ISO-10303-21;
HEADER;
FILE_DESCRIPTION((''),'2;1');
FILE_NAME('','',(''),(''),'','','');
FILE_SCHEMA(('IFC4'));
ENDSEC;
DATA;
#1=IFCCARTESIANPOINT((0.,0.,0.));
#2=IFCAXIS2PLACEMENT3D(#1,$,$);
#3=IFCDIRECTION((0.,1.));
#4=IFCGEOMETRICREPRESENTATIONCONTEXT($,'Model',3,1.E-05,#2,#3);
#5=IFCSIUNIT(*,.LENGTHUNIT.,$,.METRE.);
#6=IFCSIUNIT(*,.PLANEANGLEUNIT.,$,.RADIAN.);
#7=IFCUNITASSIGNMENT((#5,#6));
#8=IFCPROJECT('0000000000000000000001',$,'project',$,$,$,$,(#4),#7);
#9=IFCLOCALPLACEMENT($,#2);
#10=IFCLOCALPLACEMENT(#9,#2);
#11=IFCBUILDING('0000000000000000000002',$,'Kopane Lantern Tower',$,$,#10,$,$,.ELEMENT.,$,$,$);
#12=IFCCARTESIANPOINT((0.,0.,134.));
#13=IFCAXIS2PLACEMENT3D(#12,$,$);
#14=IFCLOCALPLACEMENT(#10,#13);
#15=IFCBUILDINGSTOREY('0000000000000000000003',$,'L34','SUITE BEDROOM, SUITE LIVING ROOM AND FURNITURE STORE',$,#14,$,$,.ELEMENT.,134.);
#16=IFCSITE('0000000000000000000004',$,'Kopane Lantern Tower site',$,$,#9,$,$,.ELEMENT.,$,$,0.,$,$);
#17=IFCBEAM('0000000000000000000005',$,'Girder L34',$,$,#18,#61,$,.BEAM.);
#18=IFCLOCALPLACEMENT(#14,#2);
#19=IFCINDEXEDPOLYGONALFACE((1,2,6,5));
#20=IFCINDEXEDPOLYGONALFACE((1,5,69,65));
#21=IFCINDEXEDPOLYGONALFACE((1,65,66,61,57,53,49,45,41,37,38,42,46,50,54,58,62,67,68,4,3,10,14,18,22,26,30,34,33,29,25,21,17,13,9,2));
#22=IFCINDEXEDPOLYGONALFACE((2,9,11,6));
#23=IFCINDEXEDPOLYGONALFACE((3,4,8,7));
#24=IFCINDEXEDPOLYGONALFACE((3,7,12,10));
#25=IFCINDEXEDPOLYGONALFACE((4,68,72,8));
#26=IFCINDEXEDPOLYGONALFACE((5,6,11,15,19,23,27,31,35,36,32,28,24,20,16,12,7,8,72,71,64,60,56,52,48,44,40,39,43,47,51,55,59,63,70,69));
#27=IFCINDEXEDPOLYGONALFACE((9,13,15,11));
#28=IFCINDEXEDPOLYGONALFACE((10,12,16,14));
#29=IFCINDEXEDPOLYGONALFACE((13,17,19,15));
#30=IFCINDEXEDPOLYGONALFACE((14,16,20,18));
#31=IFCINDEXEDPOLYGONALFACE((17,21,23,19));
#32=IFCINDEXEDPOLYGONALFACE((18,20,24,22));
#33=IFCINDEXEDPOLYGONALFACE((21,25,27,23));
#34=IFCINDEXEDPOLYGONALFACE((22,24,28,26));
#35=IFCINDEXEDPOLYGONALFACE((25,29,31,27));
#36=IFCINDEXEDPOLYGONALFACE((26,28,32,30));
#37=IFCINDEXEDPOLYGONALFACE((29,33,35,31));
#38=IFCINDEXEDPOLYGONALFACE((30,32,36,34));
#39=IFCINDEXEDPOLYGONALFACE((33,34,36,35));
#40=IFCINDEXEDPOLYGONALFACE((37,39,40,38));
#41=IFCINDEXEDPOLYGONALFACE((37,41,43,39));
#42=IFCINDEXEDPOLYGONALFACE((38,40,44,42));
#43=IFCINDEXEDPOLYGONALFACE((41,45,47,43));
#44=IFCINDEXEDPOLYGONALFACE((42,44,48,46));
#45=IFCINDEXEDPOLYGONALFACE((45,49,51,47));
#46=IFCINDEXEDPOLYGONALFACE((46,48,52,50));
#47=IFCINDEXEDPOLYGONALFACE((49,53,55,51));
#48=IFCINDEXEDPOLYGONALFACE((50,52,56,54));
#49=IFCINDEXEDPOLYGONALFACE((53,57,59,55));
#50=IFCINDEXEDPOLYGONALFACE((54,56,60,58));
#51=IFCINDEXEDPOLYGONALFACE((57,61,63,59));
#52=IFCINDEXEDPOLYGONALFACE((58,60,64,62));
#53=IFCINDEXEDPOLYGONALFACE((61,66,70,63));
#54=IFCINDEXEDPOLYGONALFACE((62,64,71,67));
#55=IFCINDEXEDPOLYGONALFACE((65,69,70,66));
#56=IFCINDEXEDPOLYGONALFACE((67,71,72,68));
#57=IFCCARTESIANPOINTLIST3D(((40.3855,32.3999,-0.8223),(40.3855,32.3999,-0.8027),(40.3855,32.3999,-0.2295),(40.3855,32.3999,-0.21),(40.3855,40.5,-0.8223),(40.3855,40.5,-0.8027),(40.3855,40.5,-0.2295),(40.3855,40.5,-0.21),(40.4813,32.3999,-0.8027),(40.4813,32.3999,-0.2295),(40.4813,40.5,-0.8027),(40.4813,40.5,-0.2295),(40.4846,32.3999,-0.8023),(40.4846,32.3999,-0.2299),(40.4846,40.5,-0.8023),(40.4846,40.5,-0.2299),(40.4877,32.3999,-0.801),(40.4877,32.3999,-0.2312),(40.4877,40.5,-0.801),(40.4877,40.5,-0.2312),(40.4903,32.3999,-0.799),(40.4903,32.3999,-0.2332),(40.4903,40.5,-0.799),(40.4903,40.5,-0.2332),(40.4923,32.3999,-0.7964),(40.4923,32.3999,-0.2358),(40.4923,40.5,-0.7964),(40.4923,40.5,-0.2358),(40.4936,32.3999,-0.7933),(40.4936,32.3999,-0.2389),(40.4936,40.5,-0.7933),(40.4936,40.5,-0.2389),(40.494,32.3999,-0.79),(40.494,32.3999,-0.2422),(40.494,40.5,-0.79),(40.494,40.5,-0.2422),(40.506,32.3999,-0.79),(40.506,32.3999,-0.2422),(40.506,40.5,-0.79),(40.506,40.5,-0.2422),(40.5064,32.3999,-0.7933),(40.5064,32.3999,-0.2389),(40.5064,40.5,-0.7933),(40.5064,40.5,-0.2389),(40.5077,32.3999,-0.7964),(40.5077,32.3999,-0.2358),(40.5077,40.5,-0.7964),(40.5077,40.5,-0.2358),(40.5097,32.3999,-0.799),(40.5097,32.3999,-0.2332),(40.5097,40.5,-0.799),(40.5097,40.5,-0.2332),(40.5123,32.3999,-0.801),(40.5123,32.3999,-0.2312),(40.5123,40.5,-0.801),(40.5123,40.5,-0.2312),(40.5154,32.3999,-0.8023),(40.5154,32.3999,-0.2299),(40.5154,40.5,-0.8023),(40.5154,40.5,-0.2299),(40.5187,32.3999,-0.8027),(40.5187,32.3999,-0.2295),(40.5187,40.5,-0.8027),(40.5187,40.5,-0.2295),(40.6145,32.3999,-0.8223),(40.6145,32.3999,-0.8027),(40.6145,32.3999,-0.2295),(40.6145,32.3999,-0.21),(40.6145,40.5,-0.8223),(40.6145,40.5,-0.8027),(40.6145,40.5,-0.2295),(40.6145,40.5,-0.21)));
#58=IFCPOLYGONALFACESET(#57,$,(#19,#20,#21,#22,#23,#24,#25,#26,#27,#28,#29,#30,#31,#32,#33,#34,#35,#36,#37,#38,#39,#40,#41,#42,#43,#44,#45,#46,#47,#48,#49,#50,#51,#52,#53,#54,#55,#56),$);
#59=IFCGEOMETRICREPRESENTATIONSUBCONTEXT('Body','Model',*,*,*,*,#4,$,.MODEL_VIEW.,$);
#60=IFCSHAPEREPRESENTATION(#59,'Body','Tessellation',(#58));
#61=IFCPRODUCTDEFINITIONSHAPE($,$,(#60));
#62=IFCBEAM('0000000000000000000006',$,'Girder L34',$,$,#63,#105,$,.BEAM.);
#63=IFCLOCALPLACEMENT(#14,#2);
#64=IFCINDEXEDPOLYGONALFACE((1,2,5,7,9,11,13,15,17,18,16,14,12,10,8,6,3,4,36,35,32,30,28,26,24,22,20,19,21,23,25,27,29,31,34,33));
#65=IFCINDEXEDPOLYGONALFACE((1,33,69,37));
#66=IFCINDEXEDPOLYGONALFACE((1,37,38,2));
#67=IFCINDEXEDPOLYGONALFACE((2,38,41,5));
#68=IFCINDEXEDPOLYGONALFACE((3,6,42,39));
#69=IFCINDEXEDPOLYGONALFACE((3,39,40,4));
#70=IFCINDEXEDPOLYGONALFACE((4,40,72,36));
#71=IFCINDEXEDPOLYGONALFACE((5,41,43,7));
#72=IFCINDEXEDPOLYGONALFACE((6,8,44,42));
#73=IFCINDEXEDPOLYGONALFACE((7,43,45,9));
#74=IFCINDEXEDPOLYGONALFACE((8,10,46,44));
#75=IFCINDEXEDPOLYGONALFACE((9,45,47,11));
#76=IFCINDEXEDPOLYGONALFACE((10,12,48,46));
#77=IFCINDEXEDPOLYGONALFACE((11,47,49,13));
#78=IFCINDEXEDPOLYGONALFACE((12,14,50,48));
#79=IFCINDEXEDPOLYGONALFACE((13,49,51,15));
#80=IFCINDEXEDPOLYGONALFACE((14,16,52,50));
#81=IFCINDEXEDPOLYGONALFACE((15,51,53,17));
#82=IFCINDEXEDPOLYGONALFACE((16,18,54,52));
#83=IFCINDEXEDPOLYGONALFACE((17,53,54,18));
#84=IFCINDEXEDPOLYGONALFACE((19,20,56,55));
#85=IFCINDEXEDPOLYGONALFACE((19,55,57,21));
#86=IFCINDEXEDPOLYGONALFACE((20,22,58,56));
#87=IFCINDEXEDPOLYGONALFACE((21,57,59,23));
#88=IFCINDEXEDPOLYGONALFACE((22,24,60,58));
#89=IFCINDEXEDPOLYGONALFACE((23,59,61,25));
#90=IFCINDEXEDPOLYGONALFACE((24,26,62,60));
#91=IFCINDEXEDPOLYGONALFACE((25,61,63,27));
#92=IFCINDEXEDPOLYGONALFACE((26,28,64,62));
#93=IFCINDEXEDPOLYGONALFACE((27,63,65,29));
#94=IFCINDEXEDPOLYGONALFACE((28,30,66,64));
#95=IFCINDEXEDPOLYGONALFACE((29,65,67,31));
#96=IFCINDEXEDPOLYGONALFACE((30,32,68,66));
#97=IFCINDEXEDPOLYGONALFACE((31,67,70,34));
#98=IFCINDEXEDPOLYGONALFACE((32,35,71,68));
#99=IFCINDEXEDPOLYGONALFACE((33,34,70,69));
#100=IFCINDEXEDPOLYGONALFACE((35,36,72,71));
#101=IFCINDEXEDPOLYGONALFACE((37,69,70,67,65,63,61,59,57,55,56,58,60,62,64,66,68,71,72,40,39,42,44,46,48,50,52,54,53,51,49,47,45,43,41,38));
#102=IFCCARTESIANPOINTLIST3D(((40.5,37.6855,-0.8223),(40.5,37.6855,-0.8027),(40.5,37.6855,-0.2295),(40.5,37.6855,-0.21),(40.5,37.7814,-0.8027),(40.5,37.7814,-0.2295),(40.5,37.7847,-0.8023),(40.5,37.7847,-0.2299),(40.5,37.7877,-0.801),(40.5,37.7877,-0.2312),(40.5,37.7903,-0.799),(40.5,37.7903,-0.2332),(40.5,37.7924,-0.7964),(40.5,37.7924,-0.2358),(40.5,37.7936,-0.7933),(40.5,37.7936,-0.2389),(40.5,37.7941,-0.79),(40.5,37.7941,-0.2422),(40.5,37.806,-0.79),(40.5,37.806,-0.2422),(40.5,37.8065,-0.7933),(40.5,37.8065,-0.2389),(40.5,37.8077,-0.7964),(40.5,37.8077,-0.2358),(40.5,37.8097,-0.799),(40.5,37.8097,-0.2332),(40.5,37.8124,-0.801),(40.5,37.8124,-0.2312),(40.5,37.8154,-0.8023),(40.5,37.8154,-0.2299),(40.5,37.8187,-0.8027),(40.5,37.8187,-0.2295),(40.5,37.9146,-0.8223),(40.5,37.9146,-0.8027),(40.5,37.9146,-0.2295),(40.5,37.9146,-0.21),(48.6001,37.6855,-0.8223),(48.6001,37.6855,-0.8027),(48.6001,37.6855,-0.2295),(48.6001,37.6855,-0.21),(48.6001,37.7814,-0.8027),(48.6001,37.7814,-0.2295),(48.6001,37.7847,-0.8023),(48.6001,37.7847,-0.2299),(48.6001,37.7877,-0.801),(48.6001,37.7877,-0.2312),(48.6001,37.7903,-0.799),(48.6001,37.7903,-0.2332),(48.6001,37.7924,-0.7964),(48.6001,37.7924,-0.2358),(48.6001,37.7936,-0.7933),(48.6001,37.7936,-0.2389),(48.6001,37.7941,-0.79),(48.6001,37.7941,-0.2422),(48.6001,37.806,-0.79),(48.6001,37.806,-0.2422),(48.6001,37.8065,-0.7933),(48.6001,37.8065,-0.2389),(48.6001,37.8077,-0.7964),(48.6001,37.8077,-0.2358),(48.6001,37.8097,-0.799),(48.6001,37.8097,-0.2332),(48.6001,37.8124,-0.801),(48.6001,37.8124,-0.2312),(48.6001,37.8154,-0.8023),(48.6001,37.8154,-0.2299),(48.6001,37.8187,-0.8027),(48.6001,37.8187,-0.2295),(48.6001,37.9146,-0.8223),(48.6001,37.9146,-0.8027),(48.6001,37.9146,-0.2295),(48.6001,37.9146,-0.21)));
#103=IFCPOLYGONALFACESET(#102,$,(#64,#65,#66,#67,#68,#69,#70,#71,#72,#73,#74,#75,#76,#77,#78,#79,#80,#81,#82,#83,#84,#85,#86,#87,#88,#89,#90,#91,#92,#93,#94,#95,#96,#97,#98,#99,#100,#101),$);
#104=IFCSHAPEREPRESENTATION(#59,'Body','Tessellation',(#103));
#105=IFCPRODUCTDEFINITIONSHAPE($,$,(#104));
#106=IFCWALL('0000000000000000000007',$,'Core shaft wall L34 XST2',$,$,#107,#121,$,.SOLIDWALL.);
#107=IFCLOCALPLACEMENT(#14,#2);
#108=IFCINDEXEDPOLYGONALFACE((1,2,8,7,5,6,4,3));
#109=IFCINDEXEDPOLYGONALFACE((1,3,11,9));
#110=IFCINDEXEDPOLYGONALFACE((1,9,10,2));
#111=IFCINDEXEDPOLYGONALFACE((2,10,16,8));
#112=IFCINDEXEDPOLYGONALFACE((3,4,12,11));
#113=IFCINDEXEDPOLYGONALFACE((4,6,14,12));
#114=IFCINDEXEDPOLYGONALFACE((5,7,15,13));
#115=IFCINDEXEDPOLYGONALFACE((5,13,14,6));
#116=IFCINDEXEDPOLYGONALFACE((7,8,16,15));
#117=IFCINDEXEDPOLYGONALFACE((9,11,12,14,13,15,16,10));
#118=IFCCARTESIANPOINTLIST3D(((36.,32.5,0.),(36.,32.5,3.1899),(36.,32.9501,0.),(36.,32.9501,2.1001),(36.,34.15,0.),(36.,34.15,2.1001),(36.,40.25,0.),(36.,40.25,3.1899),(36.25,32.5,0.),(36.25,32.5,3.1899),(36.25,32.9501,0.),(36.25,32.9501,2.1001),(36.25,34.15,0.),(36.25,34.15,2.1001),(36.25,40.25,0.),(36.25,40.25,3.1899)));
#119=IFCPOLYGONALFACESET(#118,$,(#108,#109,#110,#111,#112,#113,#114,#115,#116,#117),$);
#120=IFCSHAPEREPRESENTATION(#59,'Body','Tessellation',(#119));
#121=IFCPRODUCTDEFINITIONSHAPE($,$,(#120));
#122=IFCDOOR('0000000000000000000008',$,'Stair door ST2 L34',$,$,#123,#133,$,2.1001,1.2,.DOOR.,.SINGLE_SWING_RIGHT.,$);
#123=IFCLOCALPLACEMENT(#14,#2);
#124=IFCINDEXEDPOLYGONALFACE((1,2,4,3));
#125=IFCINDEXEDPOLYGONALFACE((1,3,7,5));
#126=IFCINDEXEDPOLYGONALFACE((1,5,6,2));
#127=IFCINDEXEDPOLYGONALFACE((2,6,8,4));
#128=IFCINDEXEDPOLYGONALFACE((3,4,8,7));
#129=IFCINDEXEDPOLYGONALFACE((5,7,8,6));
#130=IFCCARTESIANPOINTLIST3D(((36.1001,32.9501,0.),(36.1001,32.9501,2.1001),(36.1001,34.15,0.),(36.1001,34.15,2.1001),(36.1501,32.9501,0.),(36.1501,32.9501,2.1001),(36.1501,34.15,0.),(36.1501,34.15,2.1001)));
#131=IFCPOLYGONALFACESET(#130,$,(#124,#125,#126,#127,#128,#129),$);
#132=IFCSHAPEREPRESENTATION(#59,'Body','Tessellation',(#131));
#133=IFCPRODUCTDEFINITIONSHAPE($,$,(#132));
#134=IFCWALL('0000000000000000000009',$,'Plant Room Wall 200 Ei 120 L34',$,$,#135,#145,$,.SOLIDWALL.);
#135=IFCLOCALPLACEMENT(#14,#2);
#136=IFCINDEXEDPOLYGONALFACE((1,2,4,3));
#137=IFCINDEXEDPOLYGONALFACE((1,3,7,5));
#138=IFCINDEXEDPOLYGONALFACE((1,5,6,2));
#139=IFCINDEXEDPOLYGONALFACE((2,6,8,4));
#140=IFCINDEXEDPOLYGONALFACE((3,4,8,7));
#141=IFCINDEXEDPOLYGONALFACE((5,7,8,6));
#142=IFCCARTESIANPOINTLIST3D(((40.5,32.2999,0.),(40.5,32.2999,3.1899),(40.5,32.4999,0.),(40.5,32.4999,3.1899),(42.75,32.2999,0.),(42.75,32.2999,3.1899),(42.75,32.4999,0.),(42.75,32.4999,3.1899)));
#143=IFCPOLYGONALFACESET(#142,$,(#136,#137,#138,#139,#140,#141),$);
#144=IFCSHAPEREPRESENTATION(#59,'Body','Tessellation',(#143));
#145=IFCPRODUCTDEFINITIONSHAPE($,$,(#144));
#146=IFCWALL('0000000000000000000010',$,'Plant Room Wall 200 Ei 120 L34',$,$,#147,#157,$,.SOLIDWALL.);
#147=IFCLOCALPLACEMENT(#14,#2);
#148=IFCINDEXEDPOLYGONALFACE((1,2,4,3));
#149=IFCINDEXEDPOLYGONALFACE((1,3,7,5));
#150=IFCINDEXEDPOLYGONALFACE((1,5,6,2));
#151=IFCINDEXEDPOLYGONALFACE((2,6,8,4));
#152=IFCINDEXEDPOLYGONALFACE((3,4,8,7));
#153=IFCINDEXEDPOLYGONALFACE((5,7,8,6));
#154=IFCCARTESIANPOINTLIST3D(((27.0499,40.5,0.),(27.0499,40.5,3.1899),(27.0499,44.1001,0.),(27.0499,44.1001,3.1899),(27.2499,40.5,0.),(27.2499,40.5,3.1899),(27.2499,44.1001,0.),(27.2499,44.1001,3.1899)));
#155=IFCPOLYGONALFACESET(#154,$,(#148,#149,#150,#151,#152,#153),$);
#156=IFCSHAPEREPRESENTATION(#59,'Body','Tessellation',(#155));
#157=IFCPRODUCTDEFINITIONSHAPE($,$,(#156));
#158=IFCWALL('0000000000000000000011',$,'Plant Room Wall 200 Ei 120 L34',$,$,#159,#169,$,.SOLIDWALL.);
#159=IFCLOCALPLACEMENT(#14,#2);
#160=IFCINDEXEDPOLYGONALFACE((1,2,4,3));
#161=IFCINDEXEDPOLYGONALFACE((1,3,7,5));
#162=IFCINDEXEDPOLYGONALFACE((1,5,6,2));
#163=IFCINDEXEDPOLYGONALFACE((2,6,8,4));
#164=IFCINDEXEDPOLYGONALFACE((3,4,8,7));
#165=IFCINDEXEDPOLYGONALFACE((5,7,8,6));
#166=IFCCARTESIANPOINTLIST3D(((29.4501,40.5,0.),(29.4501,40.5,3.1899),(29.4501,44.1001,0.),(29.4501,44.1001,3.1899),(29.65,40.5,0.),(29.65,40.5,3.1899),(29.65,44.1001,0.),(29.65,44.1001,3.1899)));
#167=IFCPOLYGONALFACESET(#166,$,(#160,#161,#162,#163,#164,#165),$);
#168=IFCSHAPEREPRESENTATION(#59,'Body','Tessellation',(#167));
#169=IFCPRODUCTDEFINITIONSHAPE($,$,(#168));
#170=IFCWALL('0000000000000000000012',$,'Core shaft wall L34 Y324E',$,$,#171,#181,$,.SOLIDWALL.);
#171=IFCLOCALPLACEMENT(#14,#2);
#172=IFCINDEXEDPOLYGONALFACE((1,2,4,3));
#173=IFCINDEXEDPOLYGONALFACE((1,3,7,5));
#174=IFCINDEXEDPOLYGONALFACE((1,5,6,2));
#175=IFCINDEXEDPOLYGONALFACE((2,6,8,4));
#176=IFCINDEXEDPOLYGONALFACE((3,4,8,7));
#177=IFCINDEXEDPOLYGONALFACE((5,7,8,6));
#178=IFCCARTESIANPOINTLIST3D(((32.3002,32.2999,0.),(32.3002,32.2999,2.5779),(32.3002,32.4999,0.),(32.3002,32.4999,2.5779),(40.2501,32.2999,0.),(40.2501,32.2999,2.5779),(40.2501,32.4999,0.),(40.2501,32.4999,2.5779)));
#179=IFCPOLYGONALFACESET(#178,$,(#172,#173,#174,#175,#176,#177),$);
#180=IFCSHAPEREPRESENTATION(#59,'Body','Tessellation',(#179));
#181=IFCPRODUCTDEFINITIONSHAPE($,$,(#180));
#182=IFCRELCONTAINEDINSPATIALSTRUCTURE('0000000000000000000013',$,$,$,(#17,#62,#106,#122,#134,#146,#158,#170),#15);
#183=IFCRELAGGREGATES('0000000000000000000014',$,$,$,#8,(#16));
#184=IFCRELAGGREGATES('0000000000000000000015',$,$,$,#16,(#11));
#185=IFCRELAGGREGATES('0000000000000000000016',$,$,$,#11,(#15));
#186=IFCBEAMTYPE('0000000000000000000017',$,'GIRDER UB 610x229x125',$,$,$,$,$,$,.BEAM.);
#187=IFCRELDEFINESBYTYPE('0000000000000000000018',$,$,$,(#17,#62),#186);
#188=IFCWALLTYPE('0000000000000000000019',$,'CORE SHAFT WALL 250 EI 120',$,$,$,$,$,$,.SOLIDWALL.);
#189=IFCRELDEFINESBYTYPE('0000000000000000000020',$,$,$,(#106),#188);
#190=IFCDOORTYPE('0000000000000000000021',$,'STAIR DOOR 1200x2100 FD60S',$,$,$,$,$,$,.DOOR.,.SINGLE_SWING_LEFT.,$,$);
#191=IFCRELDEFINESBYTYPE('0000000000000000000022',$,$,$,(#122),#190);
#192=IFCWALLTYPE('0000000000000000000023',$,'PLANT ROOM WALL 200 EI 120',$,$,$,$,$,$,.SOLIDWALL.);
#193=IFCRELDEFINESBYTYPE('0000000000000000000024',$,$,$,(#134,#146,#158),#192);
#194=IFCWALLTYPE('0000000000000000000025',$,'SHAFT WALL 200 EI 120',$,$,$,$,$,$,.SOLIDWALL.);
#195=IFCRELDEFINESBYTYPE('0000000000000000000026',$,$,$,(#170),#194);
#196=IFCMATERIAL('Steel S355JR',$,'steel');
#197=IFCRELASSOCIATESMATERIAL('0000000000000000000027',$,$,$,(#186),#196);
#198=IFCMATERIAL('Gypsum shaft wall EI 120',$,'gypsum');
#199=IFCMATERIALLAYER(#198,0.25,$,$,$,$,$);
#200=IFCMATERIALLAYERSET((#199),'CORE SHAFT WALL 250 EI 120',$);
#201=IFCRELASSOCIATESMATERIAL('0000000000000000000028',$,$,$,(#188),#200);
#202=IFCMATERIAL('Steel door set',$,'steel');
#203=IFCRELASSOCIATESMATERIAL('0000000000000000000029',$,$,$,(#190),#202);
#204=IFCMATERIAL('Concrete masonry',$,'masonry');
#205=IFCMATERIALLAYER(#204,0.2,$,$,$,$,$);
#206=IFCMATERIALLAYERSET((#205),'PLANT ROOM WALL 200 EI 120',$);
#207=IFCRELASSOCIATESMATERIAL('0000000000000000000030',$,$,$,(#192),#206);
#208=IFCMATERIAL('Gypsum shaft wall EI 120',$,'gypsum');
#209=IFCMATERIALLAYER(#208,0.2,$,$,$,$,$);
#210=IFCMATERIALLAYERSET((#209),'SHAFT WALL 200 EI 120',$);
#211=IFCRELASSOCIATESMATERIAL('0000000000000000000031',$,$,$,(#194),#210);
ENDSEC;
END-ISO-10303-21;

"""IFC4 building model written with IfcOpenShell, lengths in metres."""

from ifc_helpers import new_model, si_unit, direction, frame, frame_2d, origin, origin_2d, place, context, subcontext, project, spatial, rectangle, i_section, extrude, material, layer, layer_set, material_profile, profile_set, type_object, element, fill, save


model = new_model("IFC4")

# Units and contexts
model_context = context("Model", 3, precision=1e-05, world=origin(), true_north=direction((0.0, 1.0)))
body_context = subcontext(model_context, "Body", "Model", "MODEL_VIEW")
ifc_project = project(units=[si_unit("LENGTHUNIT", "METRE"), si_unit("PLANEANGLEUNIT", "RADIAN")], contexts=[model_context])

# Site, building, storey
site_placement = place(None, origin())
site = spatial("IfcSite", under=ifc_project, at=site_placement, Name="Kopane Lantern Tower site", CompositionType="ELEMENT", RefElevation=0.0)
building_placement = place(site_placement, origin())
building = spatial("IfcBuilding", under=site, at=building_placement, Name="Kopane Lantern Tower", CompositionType="ELEMENT")
storey_placement = place(building_placement, frame((0.0, 0.0, 134.0)))
storey = spatial("IfcBuildingStorey", under=building, at=storey_placement, Name="L34", Description="SUITE BEDROOM, SUITE LIVING ROOM AND FURNITURE STORE", CompositionType="ELEMENT", Elevation=134.0)

# Beams
ifc_material_1 = material(Name="Steel S355JR", Category="steel")
ifc_material_profile_1 = material_profile(ifc_material_1, i_section(OverallWidth=0.229, OverallDepth=0.6123, WebThickness=0.012, FlangeThickness=0.0195, FilletRadius=0.0127, at=origin_2d()), Name="UB 610x229x125")
ifc_profile_set_1 = profile_set([ifc_material_profile_1], Name="Steel S355JR")
beam_type_1 = type_object("IfcBeamType", Name="GIRDER UB 610x229x125", PredefinedType="BEAM", material=ifc_profile_set_1)
for number, where, z_axis, x_axis, name in (
    (1, (40.5, 32.3999, -0.5161), (0.0, 1.0, 0.0), (-1.0, 0.0, 0.0), "Girder L34"),
    (2, (40.5, 37.8, -0.5161), (1.0, 0.0, 0.0), (0.0, 1.0, 0.0), "Girder L34"),
):
    element("IfcBeam", number, at=place(storey_placement, frame(where, z_axis=z_axis, x_axis=x_axis)), inside=storey, type_object=beam_type_1, Name=name, PredefinedType="BEAM", context=body_context, shape_type="SweptSolid", body=[
        extrude(i_section(OverallWidth=0.229, OverallDepth=0.6123, WebThickness=0.012, FlangeThickness=0.0195, FilletRadius=0.0127, at=origin_2d()), origin(), (0.0, 0.0, 1.0), 8.1001),
    ])

# Wall, opening, door
ifc_material_2 = material(Name="Gypsum shaft wall EI 120", Category="gypsum")
ifc_layer_1 = layer(ifc_material_2, 0.25)
ifc_layer_set_1 = layer_set([ifc_layer_1], Name="CORE SHAFT WALL 250 EI 120")
wall_type_1 = type_object("IfcWallType", Name="CORE SHAFT WALL 250 EI 120", PredefinedType="SOLIDWALL", material=ifc_layer_set_1)
wall_1_placement = place(storey_placement, frame((36.125, 32.5, 0.0), z_axis=(0.0, 0.0, 1.0), x_axis=(0.0, 1.0, 0.0)))
wall_1 = element("IfcWall", 3, at=wall_1_placement, inside=storey, type_object=wall_type_1, Name="Core shaft wall L34 XST2", PredefinedType="SOLIDWALL", context=body_context, shape_type="SweptSolid", body=[
    extrude(rectangle(XDim=7.75, YDim=0.25, at=frame_2d((3.875, 0.0))), origin(), (0.0, 0.0, 1.0), 3.1899),
])
opening_1_placement = place(wall_1_placement, frame((0.45, 0.0, 0.0)))
opening_1 = element("IfcOpeningElement", 4, at=opening_1_placement, cuts=wall_1, PredefinedType="OPENING", context=body_context, shape_type="SweptSolid", body=[
    extrude(rectangle(XDim=1.2, YDim=2.1001, at=frame_2d((0.6001, 1.05))), frame((0.0, 0.135, 0.0), z_axis=(0.0, -1.0, 0.0), x_axis=(1.0, 0.0, 0.0)), (0.0, 0.0, 1.0), 0.27),
])
ifc_material_3 = material(Name="Steel door set", Category="steel")
door_type_1 = type_object("IfcDoorType", Name="STAIR DOOR 1200x2100 FD60S", OperationType="SINGLE_SWING_LEFT", PredefinedType="DOOR", material=ifc_material_3)
door_1_placement = place(opening_1_placement, origin())
door_1 = element("IfcDoor", 5, at=door_1_placement, inside=storey, type_object=door_type_1, Name="Stair door ST2 L34", OperationType="SINGLE_SWING_RIGHT", OverallHeight=2.1001, OverallWidth=1.2, PredefinedType="DOOR", context=body_context, shape_type="SweptSolid", body=[
    extrude(rectangle(XDim=1.2, YDim=2.1001, at=frame_2d((0.6001, 1.05))), frame((0.0, 0.0249, 0.0), z_axis=(0.0, -1.0, 0.0), x_axis=(1.0, 0.0, 0.0)), (0.0, 0.0, 1.0), 0.05),
])
fill(opening_1, door_1)

# Walls
ifc_material_4 = material(Name="Concrete masonry", Category="masonry")
ifc_layer_2 = layer(ifc_material_4, 0.2)
ifc_layer_set_2 = layer_set([ifc_layer_2], Name="PLANT ROOM WALL 200 EI 120")
wall_type_2 = type_object("IfcWallType", Name="PLANT ROOM WALL 200 EI 120", PredefinedType="SOLIDWALL", material=ifc_layer_set_2)
wall_2_placement = place(storey_placement, frame((40.5, 32.3999, 0.0), z_axis=(0.0, 0.0, 1.0), x_axis=(1.0, 0.0, 0.0)))
element("IfcWall", 6, at=wall_2_placement, inside=storey, type_object=wall_type_2, Name="Plant Room Wall 200 Ei 120 L34", PredefinedType="SOLIDWALL", context=body_context, shape_type="SweptSolid", body=[
    extrude(rectangle(XDim=2.25, YDim=0.2, at=frame_2d((1.125, 0.0))), origin(), (0.0, 0.0, 1.0), 3.1899),
])
for number, where, z_axis, x_axis, name in (
    (7, (27.1499, 40.5, 0.0), (0.0, 0.0, 1.0), (0.0, 1.0, 0.0), "Plant Room Wall 200 Ei 120 L34"),
    (8, (29.55, 40.5, 0.0), (0.0, 0.0, 1.0), (0.0, 1.0, 0.0), "Plant Room Wall 200 Ei 120 L34"),
):
    element("IfcWall", number, at=place(storey_placement, frame(where, z_axis=z_axis, x_axis=x_axis)), inside=storey, type_object=wall_type_2, Name=name, PredefinedType="SOLIDWALL", context=body_context, shape_type="SweptSolid", body=[
        extrude(rectangle(XDim=3.6001, YDim=0.2, at=frame_2d((1.8, 0.0))), origin(), (0.0, 0.0, 1.0), 3.1899),
    ])
ifc_material_5 = material(Name="Gypsum shaft wall EI 120", Category="gypsum")
ifc_layer_3 = layer(ifc_material_5, 0.2)
ifc_layer_set_3 = layer_set([ifc_layer_3], Name="SHAFT WALL 200 EI 120")
wall_type_3 = type_object("IfcWallType", Name="SHAFT WALL 200 EI 120", PredefinedType="SOLIDWALL", material=ifc_layer_set_3)
wall_3_placement = place(storey_placement, frame((32.3, 32.3999, 0.0), z_axis=(0.0, 0.0, 1.0), x_axis=(1.0, 0.0, 0.0)))
element("IfcWall", 9, at=wall_3_placement, inside=storey, type_object=wall_type_3, Name="Core shaft wall L34 Y324E", PredefinedType="SOLIDWALL", context=body_context, shape_type="SweptSolid", body=[
    extrude(rectangle(XDim=7.95, YDim=0.2, at=frame_2d((3.9751, 0.0))), origin(), (0.0, 0.0, 1.0), 2.5779),
])

save(model, "model.ifc")
